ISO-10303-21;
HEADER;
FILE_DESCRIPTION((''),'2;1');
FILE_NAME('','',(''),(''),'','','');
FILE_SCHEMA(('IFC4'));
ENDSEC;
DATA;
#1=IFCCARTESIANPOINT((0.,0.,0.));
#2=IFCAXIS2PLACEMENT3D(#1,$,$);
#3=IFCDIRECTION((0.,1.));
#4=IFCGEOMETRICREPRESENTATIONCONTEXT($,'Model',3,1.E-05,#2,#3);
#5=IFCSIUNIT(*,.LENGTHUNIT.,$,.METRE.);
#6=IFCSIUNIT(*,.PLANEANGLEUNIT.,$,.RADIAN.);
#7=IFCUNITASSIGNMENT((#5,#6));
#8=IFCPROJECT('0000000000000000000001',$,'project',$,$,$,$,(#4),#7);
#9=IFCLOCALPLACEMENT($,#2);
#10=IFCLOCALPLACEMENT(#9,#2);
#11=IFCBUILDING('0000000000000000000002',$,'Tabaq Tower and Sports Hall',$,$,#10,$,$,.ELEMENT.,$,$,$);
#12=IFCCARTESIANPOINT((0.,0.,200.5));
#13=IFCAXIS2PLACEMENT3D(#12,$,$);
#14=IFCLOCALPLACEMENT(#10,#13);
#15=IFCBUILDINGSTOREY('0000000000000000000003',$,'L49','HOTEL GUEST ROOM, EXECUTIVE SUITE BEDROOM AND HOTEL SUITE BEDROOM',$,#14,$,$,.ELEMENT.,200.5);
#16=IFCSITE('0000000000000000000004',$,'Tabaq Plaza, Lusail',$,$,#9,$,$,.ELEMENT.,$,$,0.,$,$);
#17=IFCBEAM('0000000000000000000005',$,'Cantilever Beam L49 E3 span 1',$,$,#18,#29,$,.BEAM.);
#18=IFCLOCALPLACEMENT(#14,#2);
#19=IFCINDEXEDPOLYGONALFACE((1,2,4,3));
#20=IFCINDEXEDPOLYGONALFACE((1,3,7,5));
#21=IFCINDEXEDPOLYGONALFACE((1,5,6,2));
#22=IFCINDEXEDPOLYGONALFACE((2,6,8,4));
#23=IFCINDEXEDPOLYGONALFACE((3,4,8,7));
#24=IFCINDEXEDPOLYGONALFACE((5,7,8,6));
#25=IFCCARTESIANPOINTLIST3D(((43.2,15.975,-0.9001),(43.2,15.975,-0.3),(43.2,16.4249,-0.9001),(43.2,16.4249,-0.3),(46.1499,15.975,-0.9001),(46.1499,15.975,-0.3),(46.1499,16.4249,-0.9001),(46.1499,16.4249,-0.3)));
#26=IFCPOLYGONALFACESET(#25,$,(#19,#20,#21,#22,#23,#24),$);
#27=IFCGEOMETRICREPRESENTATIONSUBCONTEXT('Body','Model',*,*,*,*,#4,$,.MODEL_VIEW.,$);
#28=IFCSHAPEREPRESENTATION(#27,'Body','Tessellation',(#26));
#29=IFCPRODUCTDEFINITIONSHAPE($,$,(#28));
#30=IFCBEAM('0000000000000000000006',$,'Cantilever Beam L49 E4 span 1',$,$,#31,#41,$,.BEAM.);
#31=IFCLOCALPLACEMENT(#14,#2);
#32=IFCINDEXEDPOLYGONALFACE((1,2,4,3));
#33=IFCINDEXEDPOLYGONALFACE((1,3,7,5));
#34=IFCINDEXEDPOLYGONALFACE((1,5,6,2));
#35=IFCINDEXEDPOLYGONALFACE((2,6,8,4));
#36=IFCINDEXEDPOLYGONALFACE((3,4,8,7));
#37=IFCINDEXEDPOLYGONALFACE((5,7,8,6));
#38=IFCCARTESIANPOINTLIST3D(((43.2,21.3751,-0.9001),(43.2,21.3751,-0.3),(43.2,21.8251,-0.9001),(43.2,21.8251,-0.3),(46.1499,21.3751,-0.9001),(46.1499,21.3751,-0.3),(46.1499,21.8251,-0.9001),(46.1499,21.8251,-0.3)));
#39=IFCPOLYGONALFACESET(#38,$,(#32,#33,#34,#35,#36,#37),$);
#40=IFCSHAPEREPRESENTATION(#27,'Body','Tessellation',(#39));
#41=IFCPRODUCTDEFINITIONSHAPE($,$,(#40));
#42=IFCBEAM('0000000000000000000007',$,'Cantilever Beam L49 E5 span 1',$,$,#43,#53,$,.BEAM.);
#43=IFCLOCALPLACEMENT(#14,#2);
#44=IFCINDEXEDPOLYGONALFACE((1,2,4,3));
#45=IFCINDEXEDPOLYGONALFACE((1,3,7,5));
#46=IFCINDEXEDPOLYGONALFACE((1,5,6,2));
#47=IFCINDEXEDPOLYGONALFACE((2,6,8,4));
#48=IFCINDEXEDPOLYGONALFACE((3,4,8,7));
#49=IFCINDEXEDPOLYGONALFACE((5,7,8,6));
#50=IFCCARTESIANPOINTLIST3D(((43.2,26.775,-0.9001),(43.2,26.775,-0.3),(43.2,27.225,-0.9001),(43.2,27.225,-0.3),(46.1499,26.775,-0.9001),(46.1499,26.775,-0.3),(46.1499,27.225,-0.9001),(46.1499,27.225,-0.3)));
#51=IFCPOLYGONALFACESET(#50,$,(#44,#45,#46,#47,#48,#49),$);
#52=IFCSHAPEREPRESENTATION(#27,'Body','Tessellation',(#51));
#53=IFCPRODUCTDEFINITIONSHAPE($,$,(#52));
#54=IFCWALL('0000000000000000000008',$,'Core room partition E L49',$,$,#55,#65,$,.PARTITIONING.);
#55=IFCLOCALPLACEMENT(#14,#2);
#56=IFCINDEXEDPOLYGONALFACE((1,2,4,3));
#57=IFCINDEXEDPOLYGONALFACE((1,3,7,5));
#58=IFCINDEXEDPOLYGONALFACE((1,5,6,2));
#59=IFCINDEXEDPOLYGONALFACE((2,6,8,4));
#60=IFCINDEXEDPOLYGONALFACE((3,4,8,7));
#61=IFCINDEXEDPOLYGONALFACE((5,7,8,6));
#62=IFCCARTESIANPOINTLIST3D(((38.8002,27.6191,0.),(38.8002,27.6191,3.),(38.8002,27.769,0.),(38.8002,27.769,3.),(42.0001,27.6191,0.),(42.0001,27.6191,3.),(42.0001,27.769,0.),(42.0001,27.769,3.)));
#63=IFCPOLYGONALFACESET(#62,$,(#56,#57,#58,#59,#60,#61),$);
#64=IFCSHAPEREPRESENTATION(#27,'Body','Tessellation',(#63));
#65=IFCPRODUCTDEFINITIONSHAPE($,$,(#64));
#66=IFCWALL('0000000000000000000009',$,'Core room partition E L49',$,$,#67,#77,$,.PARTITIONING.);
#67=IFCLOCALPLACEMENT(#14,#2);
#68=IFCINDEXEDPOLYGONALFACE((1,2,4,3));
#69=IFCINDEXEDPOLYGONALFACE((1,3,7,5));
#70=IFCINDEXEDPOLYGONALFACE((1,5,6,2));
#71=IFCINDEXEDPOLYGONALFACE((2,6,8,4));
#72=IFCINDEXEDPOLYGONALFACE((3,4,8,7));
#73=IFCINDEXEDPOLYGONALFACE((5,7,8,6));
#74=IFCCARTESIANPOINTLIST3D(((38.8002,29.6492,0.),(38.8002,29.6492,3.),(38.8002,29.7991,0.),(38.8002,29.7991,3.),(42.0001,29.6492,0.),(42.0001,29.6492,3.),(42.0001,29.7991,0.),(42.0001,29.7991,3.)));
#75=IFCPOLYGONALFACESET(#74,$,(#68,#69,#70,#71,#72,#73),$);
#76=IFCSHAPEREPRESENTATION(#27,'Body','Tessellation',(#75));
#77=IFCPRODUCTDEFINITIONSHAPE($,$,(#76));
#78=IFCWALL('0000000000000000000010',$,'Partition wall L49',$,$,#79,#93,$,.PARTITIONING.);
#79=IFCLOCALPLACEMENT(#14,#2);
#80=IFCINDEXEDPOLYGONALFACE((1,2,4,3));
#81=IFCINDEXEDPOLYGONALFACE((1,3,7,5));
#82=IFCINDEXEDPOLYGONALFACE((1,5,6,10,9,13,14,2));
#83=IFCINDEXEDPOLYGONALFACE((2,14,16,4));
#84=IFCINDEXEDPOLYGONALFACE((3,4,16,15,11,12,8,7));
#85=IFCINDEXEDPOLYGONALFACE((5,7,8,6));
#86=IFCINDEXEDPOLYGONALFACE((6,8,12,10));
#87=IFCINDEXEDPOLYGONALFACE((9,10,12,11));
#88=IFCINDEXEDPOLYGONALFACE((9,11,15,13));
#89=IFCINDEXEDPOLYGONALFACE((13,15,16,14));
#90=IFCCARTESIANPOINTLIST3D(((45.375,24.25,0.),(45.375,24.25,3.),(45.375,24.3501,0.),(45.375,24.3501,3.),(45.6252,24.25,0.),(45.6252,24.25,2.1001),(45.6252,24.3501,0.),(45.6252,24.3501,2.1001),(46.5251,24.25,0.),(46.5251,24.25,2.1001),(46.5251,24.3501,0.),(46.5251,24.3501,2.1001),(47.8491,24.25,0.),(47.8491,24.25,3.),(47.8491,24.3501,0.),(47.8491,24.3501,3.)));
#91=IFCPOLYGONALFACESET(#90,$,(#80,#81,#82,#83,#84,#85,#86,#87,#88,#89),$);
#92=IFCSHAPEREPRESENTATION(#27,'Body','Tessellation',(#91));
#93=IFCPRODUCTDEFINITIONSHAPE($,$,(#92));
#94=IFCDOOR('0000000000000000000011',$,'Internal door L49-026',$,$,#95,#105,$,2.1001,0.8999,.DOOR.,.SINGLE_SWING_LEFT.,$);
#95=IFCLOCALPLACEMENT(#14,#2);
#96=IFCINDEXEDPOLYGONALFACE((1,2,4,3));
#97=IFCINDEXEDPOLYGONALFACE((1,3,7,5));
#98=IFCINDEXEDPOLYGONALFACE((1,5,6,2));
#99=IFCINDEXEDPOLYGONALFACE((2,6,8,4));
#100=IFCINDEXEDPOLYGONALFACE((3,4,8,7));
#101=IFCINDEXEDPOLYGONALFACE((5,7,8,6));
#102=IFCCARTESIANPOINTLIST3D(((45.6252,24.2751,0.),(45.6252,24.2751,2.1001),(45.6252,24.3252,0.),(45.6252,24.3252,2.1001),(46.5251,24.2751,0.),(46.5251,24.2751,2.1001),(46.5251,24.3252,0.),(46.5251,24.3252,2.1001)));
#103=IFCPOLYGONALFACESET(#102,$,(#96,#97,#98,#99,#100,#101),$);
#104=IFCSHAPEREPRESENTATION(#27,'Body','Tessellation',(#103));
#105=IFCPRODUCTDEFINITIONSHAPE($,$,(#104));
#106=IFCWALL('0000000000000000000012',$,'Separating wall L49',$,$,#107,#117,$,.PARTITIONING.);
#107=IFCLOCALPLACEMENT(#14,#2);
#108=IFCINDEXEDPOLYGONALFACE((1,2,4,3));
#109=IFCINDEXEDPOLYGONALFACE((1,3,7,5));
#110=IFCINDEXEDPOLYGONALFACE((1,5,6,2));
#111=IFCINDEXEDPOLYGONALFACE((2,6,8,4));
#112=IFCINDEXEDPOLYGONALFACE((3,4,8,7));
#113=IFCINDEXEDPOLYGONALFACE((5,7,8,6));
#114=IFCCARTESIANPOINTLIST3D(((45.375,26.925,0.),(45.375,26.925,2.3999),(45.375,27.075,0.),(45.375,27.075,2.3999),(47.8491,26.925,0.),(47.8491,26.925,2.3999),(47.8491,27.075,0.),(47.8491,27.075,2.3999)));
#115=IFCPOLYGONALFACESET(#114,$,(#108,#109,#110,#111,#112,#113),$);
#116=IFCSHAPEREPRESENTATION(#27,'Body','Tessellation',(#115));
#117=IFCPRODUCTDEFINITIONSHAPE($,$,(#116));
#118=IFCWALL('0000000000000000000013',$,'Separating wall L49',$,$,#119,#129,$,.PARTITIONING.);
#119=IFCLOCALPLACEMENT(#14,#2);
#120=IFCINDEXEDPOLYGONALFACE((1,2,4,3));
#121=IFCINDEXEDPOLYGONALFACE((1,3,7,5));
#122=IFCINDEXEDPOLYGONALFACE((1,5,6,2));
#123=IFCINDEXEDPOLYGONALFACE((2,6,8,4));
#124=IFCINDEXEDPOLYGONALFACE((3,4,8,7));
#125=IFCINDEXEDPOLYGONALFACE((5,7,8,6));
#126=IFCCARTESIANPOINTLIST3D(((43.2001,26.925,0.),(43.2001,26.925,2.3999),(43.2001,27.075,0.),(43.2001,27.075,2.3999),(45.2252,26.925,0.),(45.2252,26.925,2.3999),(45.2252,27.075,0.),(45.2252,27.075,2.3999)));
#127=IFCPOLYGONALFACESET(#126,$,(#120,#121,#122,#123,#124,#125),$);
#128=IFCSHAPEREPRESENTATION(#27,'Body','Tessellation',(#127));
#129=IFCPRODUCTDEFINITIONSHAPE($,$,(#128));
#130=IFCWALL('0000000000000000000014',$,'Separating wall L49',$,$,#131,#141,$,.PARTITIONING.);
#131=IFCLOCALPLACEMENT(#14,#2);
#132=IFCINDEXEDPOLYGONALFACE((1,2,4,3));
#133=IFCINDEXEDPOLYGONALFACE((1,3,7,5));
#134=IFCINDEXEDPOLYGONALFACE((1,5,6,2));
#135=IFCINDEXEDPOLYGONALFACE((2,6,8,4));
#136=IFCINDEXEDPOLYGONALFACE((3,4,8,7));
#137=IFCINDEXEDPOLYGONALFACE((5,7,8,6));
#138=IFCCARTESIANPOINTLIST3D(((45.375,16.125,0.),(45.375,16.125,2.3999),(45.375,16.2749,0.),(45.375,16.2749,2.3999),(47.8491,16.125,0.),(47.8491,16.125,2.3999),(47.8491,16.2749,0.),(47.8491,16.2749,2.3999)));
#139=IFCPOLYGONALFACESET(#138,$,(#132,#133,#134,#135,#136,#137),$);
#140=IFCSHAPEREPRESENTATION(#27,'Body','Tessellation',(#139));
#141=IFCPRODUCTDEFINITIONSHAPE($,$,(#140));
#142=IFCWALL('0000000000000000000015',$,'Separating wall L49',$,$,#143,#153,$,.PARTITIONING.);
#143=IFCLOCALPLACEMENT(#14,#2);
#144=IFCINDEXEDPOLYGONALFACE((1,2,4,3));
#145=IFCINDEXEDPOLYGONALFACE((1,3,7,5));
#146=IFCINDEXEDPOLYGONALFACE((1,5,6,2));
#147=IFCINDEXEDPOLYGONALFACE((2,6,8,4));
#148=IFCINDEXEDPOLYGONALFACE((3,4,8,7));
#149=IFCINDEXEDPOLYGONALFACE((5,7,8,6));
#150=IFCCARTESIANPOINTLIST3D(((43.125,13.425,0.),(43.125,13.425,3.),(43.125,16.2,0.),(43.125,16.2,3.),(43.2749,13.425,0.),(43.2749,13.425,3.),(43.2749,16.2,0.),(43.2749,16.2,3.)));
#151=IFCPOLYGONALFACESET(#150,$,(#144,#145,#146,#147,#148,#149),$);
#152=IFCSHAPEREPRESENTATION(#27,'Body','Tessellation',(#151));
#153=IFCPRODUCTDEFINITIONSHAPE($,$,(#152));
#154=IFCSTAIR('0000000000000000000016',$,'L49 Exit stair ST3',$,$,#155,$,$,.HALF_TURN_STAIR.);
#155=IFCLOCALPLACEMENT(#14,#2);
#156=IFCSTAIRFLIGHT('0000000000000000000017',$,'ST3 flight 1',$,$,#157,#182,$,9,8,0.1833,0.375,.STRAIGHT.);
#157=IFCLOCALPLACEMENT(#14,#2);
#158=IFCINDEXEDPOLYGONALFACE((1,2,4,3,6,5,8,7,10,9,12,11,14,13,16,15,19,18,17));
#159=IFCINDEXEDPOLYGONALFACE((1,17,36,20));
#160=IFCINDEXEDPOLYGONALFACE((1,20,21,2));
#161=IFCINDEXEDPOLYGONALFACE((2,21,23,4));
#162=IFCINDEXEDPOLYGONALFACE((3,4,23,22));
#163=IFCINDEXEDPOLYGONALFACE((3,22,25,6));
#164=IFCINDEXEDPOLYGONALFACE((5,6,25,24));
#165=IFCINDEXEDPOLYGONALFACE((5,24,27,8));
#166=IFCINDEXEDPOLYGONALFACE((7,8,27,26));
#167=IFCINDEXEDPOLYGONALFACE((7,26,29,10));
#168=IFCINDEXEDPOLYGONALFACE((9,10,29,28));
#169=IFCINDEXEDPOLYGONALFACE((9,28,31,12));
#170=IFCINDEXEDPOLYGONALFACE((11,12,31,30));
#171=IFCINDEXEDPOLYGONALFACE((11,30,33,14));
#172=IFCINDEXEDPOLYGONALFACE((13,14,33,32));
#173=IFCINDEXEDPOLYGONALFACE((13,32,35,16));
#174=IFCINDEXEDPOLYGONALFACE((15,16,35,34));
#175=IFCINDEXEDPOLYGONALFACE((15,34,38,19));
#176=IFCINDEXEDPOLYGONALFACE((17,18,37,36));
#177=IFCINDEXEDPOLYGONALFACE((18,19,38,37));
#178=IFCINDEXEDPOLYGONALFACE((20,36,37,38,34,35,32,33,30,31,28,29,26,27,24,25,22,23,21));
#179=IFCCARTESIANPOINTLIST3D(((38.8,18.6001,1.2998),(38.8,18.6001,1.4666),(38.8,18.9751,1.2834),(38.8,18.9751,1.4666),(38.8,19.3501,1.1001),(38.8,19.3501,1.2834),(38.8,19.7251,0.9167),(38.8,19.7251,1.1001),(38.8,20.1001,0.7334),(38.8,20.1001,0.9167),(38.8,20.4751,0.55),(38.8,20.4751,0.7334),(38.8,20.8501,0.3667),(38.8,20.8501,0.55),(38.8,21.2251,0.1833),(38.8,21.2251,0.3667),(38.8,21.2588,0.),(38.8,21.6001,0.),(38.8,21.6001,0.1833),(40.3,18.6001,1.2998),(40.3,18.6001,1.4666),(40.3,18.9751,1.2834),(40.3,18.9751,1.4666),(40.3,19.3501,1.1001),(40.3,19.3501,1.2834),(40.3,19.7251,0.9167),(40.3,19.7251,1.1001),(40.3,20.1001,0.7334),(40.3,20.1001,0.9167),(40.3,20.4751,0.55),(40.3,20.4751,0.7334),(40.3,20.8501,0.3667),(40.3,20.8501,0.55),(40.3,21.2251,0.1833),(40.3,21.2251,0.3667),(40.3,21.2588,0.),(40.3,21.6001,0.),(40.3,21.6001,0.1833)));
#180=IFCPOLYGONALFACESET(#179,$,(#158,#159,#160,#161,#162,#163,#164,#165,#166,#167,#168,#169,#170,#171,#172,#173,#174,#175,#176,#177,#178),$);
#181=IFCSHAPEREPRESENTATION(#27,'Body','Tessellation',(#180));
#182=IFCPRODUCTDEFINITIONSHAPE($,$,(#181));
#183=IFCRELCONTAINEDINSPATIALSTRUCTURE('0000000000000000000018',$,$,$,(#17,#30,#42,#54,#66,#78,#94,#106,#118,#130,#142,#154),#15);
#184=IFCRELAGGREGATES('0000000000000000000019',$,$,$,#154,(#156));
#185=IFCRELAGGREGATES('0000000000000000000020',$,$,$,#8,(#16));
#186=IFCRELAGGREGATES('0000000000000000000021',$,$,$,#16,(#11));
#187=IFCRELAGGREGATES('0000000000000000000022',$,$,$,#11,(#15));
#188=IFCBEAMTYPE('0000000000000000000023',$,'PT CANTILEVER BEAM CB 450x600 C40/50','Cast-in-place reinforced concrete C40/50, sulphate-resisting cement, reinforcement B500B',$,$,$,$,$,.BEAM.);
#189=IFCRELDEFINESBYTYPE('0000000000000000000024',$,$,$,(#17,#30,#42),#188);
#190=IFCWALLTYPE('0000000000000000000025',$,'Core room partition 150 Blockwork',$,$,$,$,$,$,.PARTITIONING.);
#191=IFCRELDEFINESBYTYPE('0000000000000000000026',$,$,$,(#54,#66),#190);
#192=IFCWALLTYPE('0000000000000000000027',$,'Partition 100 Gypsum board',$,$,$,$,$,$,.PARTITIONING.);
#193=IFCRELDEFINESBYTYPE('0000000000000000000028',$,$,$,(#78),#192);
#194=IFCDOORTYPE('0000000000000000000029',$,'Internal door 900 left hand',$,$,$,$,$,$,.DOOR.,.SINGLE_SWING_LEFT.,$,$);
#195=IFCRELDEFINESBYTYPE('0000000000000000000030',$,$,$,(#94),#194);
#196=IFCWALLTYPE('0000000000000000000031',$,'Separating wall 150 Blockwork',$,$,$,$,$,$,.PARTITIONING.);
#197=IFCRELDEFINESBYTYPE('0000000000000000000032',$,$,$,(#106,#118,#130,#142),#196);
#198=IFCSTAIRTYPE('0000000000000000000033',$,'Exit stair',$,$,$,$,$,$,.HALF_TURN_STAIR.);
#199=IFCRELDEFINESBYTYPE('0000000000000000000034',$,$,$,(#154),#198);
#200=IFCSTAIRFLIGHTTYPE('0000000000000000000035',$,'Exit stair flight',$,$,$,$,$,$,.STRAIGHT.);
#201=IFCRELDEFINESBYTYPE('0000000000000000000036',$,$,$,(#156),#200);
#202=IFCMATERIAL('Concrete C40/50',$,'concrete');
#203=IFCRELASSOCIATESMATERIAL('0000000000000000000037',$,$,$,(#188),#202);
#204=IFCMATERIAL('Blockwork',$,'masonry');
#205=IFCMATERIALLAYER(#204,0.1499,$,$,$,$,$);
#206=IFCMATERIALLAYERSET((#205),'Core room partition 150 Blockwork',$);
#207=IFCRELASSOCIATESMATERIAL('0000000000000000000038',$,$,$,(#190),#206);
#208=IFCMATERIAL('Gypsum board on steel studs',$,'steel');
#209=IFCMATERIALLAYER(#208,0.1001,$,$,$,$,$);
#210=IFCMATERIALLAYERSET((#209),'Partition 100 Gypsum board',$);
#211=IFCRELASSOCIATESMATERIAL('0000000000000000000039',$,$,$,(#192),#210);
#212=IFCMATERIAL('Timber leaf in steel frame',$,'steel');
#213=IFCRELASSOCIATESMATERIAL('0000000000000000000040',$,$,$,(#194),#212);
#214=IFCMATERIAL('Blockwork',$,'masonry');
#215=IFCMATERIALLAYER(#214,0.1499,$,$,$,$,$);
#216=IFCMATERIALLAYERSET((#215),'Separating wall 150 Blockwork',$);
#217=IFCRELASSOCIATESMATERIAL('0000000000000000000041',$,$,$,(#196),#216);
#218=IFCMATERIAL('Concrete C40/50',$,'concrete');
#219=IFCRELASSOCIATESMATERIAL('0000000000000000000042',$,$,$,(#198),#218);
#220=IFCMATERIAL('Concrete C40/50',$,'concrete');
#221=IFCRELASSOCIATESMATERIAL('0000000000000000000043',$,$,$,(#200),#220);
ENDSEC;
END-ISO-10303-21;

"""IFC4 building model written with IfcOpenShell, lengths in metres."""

from ifc_helpers import new_model, si_unit, direction, frame, frame_2d, origin, origin_2d, place, context, subcontext, project, spatial, polyline, rectangle, outline, extrude, material, layer, layer_set, material_profile, profile_set, type_object, element, fill, aggregate, save


model = new_model("IFC4")

# Units and contexts
model_context = context("Model", 3, precision=1e-05, world=origin(), true_north=direction((0.0, 1.0)))
body_context = subcontext(model_context, "Body", "Model", "MODEL_VIEW")
ifc_project = project(units=[si_unit("LENGTHUNIT", "METRE"), si_unit("PLANEANGLEUNIT", "RADIAN")], contexts=[model_context])

# Site, building, storey
site_placement = place(None, origin())
site = spatial("IfcSite", under=ifc_project, at=site_placement, Name="Tabaq Plaza, Lusail", CompositionType="ELEMENT", RefElevation=0.0)
building_placement = place(site_placement, origin())
building = spatial("IfcBuilding", under=site, at=building_placement, Name="Tabaq Tower and Sports Hall", CompositionType="ELEMENT")
storey_placement = place(building_placement, frame((0.0, 0.0, 200.5)))
storey = spatial("IfcBuildingStorey", under=building, at=storey_placement, Name="L49", Description="HOTEL GUEST ROOM, EXECUTIVE SUITE BEDROOM AND HOTEL SUITE BEDROOM", CompositionType="ELEMENT", Elevation=200.5)

# Beams
ifc_material_1 = material(Name="Concrete C40/50", Category="concrete")
ifc_material_profile = material_profile(ifc_material_1, rectangle(XDim=0.45, YDim=0.6001, at=origin_2d()), Name="CB 450x600")
ifc_profile_set = profile_set([ifc_material_profile], Name="Concrete C40/50")
beam_type = type_object("IfcBeamType", Name="PT CANTILEVER BEAM CB 450x600 C40/50", Description="Cast-in-place reinforced concrete C40/50, sulphate-resisting cement, reinforcement B500B", PredefinedType="BEAM", material=ifc_profile_set)
for number, where, z_axis, x_axis, name in (
    (1, (46.1499, 16.2, -0.6001), (-1.0, 0.0, 0.0), (0.0, -1.0, 0.0), "Cantilever Beam L49 E3 span 1"),
    (2, (46.1499, 21.6001, -0.6001), (-1.0, 0.0, 0.0), (0.0, -1.0, 0.0), "Cantilever Beam L49 E4 span 1"),
    (3, (46.1499, 27.0, -0.6001), (-1.0, 0.0, 0.0), (0.0, -1.0, 0.0), "Cantilever Beam L49 E5 span 1"),
):
    element("IfcBeam", number, at=place(storey_placement, frame(where, z_axis=z_axis, x_axis=x_axis)), inside=storey, type_object=beam_type, Name=name, PredefinedType="BEAM", context=body_context, shape_type="SweptSolid", body=[
        extrude(rectangle(XDim=0.45, YDim=0.6001, at=origin_2d()), origin(), (0.0, 0.0, 1.0), 2.95),
    ])

# Walls
ifc_material_2 = material(Name="Blockwork", Category="masonry")
ifc_layer_1 = layer(ifc_material_2, 0.1499)
ifc_layer_set_1 = layer_set([ifc_layer_1], Name="Core room partition 150 Blockwork")
wall_type_1 = type_object("IfcWallType", Name="Core room partition 150 Blockwork", PredefinedType="PARTITIONING", material=ifc_layer_set_1)
for number, where, z_axis, x_axis, name in (
    (4, (38.8, 27.6941, 0.0), (0.0, 0.0, 1.0), (1.0, 0.0, 0.0), "Core room partition E L49"),
    (5, (38.8, 29.7241, 0.0), (0.0, 0.0, 1.0), (1.0, 0.0, 0.0), "Core room partition E L49"),
):
    element("IfcWall", number, at=place(storey_placement, frame(where, z_axis=z_axis, x_axis=x_axis)), inside=storey, type_object=wall_type_1, Name=name, PredefinedType="PARTITIONING", context=body_context, shape_type="SweptSolid", body=[
        extrude(rectangle(XDim=3.2, YDim=0.1499, at=frame_2d((1.6001, 0.0))), origin(), (0.0, 0.0, 1.0), 3.0),
    ])

# Wall, opening, door
ifc_material_3 = material(Name="Gypsum board on steel studs", Category="steel")
ifc_layer_2 = layer(ifc_material_3, 0.1001)
ifc_layer_set_2 = layer_set([ifc_layer_2], Name="Partition 100 Gypsum board")
wall_type_2 = type_object("IfcWallType", Name="Partition 100 Gypsum board", PredefinedType="PARTITIONING", material=ifc_layer_set_2)
wall_1_placement = place(storey_placement, frame((47.8491, 24.3, 0.0), z_axis=(0.0, 0.0, 1.0), x_axis=(-1.0, 0.0, 0.0)))
wall_1 = element("IfcWall", 6, at=wall_1_placement, inside=storey, type_object=wall_type_2, Name="Partition wall L49", PredefinedType="PARTITIONING", context=body_context, shape_type="SweptSolid", body=[
    extrude(rectangle(XDim=2.4741, YDim=0.1001, at=frame_2d((1.2371, 0.0))), origin(), (0.0, 0.0, 1.0), 3.0),
])
opening_1_placement = place(wall_1_placement, frame((1.324, 0.0, 0.0)))
opening_1 = element("IfcOpeningElement", 7, at=opening_1_placement, cuts=wall_1, PredefinedType="OPENING", context=body_context, shape_type="SweptSolid", body=[
    extrude(rectangle(XDim=0.8999, YDim=2.1001, at=frame_2d((0.45, 1.05))), frame((0.0, 0.05, 0.0), z_axis=(0.0, -1.0, 0.0), x_axis=(1.0, 0.0, 0.0)), (0.0, 0.0, 1.0), 0.1001),
])
ifc_material_4 = material(Name="Timber leaf in steel frame", Category="steel")
door_type_1 = type_object("IfcDoorType", Name="Internal door 900 left hand", OperationType="SINGLE_SWING_LEFT", PredefinedType="DOOR", material=ifc_material_4)
door_1_placement = place(opening_1_placement, origin())
door_1 = element("IfcDoor", 8, at=door_1_placement, inside=storey, type_object=door_type_1, Name="Internal door L49-026", OperationType="SINGLE_SWING_LEFT", OverallHeight=2.1001, OverallWidth=0.8999, PredefinedType="DOOR", context=body_context, shape_type="SweptSolid", body=[
    extrude(rectangle(XDim=0.8999, YDim=2.1001, at=frame_2d((0.45, 1.05))), frame((0.0, 0.0249, 0.0), z_axis=(0.0, -1.0, 0.0), x_axis=(1.0, 0.0, 0.0)), (0.0, 0.0, 1.0), 0.05),
])
fill(opening_1, door_1)

# Walls
ifc_material_5 = material(Name="Blockwork", Category="masonry")
ifc_layer_3 = layer(ifc_material_5, 0.1499)
ifc_layer_set_3 = layer_set([ifc_layer_3], Name="Separating wall 150 Blockwork")
wall_type_3 = type_object("IfcWallType", Name="Separating wall 150 Blockwork", PredefinedType="PARTITIONING", material=ifc_layer_set_3)
wall_2_placement = place(storey_placement, frame((45.375, 27.0, 0.0), z_axis=(0.0, 0.0, 1.0), x_axis=(1.0, 0.0, 0.0)))
element("IfcWall", 9, at=wall_2_placement, inside=storey, type_object=wall_type_3, Name="Separating wall L49", PredefinedType="PARTITIONING", context=body_context, shape_type="SweptSolid", body=[
    extrude(rectangle(XDim=2.4741, YDim=0.1499, at=frame_2d((1.2371, 0.0))), origin(), (0.0, 0.0, 1.0), 2.3999),
])
wall_3_placement = place(storey_placement, frame((43.2, 27.0, 0.0), z_axis=(0.0, 0.0, 1.0), x_axis=(1.0, 0.0, 0.0)))
element("IfcWall", 10, at=wall_3_placement, inside=storey, type_object=wall_type_3, Name="Separating wall L49", PredefinedType="PARTITIONING", context=body_context, shape_type="SweptSolid", body=[
    extrude(rectangle(XDim=2.0251, YDim=0.1499, at=frame_2d((1.0127, 0.0))), origin(), (0.0, 0.0, 1.0), 2.3999),
])
wall_4_placement = place(storey_placement, frame((47.8491, 16.2, 0.0), z_axis=(0.0, 0.0, 1.0), x_axis=(-1.0, 0.0, 0.0)))
element("IfcWall", 11, at=wall_4_placement, inside=storey, type_object=wall_type_3, Name="Separating wall L49", PredefinedType="PARTITIONING", context=body_context, shape_type="SweptSolid", body=[
    extrude(rectangle(XDim=2.4741, YDim=0.1499, at=frame_2d((1.2371, 0.0))), origin(), (0.0, 0.0, 1.0), 2.3999),
])
wall_5_placement = place(storey_placement, frame((43.2, 16.2, 0.0), z_axis=(0.0, 0.0, 1.0), x_axis=(0.0, -1.0, 0.0)))
element("IfcWall", 12, at=wall_5_placement, inside=storey, type_object=wall_type_3, Name="Separating wall L49", PredefinedType="PARTITIONING", context=body_context, shape_type="SweptSolid", body=[
    extrude(rectangle(XDim=2.7749, YDim=0.1499, at=frame_2d((1.3875, 0.0))), origin(), (0.0, 0.0, 1.0), 3.0),
])

# Stair, stair flight
ifc_material_6 = material(Name="Concrete C40/50", Category="concrete")
stair_type = type_object("IfcStairType", Name="Exit stair", PredefinedType="HALF_TURN_STAIR", material=ifc_material_6)
stair_placement = place(storey_placement, origin())
stair = element("IfcStair", 13, at=stair_placement, inside=storey, type_object=stair_type, Name="L49 Exit stair ST3", PredefinedType="HALF_TURN_STAIR")
ifc_material_7 = material(Name="Concrete C40/50", Category="concrete")
stair_flight_type = type_object("IfcStairFlightType", Name="Exit stair flight", PredefinedType="STRAIGHT", material=ifc_material_7)
stair_flight_1_placement = place(storey_placement, frame((39.55, 21.6001, 0.0), z_axis=(0.0, 0.0, 1.0), x_axis=(0.0, -1.0, 0.0)))
stair_flight_1 = element("IfcStairFlight", 14, at=stair_flight_1_placement, type_object=stair_flight_type, Name="ST3 flight 1", NumberOfRisers=9, NumberOfTreads=8, PredefinedType="STRAIGHT", RiserHeight=0.1833, TreadLength=0.375, context=body_context, shape_type="SweptSolid", body=[
    extrude(outline(polyline([(0.0, 0.0), (0.0, 0.1833), (0.375, 0.1833), (0.375, 0.3667), (0.75, 0.3667), (0.75, 0.55), (1.125, 0.55), (1.125, 0.7334), (1.5, 0.7334), (1.5, 0.9167), (1.875, 0.9167), (1.875, 1.1001), (2.25, 1.1001), (2.25, 1.2834), (2.625, 1.2834), (2.625, 1.4666), (3.0, 1.4666), (3.0, 1.6499), (3.0, 1.2998), (0.3413, 0.0), (0.0, 0.0)])), frame((0.0, 0.75, 0.0), z_axis=(0.0, -1.0, 0.0), x_axis=(1.0, 0.0, 0.0)), (0.0, 0.0, 1.0), 1.5),
])
aggregate(stair, [stair_flight_1])

save(model, "model.ifc")
